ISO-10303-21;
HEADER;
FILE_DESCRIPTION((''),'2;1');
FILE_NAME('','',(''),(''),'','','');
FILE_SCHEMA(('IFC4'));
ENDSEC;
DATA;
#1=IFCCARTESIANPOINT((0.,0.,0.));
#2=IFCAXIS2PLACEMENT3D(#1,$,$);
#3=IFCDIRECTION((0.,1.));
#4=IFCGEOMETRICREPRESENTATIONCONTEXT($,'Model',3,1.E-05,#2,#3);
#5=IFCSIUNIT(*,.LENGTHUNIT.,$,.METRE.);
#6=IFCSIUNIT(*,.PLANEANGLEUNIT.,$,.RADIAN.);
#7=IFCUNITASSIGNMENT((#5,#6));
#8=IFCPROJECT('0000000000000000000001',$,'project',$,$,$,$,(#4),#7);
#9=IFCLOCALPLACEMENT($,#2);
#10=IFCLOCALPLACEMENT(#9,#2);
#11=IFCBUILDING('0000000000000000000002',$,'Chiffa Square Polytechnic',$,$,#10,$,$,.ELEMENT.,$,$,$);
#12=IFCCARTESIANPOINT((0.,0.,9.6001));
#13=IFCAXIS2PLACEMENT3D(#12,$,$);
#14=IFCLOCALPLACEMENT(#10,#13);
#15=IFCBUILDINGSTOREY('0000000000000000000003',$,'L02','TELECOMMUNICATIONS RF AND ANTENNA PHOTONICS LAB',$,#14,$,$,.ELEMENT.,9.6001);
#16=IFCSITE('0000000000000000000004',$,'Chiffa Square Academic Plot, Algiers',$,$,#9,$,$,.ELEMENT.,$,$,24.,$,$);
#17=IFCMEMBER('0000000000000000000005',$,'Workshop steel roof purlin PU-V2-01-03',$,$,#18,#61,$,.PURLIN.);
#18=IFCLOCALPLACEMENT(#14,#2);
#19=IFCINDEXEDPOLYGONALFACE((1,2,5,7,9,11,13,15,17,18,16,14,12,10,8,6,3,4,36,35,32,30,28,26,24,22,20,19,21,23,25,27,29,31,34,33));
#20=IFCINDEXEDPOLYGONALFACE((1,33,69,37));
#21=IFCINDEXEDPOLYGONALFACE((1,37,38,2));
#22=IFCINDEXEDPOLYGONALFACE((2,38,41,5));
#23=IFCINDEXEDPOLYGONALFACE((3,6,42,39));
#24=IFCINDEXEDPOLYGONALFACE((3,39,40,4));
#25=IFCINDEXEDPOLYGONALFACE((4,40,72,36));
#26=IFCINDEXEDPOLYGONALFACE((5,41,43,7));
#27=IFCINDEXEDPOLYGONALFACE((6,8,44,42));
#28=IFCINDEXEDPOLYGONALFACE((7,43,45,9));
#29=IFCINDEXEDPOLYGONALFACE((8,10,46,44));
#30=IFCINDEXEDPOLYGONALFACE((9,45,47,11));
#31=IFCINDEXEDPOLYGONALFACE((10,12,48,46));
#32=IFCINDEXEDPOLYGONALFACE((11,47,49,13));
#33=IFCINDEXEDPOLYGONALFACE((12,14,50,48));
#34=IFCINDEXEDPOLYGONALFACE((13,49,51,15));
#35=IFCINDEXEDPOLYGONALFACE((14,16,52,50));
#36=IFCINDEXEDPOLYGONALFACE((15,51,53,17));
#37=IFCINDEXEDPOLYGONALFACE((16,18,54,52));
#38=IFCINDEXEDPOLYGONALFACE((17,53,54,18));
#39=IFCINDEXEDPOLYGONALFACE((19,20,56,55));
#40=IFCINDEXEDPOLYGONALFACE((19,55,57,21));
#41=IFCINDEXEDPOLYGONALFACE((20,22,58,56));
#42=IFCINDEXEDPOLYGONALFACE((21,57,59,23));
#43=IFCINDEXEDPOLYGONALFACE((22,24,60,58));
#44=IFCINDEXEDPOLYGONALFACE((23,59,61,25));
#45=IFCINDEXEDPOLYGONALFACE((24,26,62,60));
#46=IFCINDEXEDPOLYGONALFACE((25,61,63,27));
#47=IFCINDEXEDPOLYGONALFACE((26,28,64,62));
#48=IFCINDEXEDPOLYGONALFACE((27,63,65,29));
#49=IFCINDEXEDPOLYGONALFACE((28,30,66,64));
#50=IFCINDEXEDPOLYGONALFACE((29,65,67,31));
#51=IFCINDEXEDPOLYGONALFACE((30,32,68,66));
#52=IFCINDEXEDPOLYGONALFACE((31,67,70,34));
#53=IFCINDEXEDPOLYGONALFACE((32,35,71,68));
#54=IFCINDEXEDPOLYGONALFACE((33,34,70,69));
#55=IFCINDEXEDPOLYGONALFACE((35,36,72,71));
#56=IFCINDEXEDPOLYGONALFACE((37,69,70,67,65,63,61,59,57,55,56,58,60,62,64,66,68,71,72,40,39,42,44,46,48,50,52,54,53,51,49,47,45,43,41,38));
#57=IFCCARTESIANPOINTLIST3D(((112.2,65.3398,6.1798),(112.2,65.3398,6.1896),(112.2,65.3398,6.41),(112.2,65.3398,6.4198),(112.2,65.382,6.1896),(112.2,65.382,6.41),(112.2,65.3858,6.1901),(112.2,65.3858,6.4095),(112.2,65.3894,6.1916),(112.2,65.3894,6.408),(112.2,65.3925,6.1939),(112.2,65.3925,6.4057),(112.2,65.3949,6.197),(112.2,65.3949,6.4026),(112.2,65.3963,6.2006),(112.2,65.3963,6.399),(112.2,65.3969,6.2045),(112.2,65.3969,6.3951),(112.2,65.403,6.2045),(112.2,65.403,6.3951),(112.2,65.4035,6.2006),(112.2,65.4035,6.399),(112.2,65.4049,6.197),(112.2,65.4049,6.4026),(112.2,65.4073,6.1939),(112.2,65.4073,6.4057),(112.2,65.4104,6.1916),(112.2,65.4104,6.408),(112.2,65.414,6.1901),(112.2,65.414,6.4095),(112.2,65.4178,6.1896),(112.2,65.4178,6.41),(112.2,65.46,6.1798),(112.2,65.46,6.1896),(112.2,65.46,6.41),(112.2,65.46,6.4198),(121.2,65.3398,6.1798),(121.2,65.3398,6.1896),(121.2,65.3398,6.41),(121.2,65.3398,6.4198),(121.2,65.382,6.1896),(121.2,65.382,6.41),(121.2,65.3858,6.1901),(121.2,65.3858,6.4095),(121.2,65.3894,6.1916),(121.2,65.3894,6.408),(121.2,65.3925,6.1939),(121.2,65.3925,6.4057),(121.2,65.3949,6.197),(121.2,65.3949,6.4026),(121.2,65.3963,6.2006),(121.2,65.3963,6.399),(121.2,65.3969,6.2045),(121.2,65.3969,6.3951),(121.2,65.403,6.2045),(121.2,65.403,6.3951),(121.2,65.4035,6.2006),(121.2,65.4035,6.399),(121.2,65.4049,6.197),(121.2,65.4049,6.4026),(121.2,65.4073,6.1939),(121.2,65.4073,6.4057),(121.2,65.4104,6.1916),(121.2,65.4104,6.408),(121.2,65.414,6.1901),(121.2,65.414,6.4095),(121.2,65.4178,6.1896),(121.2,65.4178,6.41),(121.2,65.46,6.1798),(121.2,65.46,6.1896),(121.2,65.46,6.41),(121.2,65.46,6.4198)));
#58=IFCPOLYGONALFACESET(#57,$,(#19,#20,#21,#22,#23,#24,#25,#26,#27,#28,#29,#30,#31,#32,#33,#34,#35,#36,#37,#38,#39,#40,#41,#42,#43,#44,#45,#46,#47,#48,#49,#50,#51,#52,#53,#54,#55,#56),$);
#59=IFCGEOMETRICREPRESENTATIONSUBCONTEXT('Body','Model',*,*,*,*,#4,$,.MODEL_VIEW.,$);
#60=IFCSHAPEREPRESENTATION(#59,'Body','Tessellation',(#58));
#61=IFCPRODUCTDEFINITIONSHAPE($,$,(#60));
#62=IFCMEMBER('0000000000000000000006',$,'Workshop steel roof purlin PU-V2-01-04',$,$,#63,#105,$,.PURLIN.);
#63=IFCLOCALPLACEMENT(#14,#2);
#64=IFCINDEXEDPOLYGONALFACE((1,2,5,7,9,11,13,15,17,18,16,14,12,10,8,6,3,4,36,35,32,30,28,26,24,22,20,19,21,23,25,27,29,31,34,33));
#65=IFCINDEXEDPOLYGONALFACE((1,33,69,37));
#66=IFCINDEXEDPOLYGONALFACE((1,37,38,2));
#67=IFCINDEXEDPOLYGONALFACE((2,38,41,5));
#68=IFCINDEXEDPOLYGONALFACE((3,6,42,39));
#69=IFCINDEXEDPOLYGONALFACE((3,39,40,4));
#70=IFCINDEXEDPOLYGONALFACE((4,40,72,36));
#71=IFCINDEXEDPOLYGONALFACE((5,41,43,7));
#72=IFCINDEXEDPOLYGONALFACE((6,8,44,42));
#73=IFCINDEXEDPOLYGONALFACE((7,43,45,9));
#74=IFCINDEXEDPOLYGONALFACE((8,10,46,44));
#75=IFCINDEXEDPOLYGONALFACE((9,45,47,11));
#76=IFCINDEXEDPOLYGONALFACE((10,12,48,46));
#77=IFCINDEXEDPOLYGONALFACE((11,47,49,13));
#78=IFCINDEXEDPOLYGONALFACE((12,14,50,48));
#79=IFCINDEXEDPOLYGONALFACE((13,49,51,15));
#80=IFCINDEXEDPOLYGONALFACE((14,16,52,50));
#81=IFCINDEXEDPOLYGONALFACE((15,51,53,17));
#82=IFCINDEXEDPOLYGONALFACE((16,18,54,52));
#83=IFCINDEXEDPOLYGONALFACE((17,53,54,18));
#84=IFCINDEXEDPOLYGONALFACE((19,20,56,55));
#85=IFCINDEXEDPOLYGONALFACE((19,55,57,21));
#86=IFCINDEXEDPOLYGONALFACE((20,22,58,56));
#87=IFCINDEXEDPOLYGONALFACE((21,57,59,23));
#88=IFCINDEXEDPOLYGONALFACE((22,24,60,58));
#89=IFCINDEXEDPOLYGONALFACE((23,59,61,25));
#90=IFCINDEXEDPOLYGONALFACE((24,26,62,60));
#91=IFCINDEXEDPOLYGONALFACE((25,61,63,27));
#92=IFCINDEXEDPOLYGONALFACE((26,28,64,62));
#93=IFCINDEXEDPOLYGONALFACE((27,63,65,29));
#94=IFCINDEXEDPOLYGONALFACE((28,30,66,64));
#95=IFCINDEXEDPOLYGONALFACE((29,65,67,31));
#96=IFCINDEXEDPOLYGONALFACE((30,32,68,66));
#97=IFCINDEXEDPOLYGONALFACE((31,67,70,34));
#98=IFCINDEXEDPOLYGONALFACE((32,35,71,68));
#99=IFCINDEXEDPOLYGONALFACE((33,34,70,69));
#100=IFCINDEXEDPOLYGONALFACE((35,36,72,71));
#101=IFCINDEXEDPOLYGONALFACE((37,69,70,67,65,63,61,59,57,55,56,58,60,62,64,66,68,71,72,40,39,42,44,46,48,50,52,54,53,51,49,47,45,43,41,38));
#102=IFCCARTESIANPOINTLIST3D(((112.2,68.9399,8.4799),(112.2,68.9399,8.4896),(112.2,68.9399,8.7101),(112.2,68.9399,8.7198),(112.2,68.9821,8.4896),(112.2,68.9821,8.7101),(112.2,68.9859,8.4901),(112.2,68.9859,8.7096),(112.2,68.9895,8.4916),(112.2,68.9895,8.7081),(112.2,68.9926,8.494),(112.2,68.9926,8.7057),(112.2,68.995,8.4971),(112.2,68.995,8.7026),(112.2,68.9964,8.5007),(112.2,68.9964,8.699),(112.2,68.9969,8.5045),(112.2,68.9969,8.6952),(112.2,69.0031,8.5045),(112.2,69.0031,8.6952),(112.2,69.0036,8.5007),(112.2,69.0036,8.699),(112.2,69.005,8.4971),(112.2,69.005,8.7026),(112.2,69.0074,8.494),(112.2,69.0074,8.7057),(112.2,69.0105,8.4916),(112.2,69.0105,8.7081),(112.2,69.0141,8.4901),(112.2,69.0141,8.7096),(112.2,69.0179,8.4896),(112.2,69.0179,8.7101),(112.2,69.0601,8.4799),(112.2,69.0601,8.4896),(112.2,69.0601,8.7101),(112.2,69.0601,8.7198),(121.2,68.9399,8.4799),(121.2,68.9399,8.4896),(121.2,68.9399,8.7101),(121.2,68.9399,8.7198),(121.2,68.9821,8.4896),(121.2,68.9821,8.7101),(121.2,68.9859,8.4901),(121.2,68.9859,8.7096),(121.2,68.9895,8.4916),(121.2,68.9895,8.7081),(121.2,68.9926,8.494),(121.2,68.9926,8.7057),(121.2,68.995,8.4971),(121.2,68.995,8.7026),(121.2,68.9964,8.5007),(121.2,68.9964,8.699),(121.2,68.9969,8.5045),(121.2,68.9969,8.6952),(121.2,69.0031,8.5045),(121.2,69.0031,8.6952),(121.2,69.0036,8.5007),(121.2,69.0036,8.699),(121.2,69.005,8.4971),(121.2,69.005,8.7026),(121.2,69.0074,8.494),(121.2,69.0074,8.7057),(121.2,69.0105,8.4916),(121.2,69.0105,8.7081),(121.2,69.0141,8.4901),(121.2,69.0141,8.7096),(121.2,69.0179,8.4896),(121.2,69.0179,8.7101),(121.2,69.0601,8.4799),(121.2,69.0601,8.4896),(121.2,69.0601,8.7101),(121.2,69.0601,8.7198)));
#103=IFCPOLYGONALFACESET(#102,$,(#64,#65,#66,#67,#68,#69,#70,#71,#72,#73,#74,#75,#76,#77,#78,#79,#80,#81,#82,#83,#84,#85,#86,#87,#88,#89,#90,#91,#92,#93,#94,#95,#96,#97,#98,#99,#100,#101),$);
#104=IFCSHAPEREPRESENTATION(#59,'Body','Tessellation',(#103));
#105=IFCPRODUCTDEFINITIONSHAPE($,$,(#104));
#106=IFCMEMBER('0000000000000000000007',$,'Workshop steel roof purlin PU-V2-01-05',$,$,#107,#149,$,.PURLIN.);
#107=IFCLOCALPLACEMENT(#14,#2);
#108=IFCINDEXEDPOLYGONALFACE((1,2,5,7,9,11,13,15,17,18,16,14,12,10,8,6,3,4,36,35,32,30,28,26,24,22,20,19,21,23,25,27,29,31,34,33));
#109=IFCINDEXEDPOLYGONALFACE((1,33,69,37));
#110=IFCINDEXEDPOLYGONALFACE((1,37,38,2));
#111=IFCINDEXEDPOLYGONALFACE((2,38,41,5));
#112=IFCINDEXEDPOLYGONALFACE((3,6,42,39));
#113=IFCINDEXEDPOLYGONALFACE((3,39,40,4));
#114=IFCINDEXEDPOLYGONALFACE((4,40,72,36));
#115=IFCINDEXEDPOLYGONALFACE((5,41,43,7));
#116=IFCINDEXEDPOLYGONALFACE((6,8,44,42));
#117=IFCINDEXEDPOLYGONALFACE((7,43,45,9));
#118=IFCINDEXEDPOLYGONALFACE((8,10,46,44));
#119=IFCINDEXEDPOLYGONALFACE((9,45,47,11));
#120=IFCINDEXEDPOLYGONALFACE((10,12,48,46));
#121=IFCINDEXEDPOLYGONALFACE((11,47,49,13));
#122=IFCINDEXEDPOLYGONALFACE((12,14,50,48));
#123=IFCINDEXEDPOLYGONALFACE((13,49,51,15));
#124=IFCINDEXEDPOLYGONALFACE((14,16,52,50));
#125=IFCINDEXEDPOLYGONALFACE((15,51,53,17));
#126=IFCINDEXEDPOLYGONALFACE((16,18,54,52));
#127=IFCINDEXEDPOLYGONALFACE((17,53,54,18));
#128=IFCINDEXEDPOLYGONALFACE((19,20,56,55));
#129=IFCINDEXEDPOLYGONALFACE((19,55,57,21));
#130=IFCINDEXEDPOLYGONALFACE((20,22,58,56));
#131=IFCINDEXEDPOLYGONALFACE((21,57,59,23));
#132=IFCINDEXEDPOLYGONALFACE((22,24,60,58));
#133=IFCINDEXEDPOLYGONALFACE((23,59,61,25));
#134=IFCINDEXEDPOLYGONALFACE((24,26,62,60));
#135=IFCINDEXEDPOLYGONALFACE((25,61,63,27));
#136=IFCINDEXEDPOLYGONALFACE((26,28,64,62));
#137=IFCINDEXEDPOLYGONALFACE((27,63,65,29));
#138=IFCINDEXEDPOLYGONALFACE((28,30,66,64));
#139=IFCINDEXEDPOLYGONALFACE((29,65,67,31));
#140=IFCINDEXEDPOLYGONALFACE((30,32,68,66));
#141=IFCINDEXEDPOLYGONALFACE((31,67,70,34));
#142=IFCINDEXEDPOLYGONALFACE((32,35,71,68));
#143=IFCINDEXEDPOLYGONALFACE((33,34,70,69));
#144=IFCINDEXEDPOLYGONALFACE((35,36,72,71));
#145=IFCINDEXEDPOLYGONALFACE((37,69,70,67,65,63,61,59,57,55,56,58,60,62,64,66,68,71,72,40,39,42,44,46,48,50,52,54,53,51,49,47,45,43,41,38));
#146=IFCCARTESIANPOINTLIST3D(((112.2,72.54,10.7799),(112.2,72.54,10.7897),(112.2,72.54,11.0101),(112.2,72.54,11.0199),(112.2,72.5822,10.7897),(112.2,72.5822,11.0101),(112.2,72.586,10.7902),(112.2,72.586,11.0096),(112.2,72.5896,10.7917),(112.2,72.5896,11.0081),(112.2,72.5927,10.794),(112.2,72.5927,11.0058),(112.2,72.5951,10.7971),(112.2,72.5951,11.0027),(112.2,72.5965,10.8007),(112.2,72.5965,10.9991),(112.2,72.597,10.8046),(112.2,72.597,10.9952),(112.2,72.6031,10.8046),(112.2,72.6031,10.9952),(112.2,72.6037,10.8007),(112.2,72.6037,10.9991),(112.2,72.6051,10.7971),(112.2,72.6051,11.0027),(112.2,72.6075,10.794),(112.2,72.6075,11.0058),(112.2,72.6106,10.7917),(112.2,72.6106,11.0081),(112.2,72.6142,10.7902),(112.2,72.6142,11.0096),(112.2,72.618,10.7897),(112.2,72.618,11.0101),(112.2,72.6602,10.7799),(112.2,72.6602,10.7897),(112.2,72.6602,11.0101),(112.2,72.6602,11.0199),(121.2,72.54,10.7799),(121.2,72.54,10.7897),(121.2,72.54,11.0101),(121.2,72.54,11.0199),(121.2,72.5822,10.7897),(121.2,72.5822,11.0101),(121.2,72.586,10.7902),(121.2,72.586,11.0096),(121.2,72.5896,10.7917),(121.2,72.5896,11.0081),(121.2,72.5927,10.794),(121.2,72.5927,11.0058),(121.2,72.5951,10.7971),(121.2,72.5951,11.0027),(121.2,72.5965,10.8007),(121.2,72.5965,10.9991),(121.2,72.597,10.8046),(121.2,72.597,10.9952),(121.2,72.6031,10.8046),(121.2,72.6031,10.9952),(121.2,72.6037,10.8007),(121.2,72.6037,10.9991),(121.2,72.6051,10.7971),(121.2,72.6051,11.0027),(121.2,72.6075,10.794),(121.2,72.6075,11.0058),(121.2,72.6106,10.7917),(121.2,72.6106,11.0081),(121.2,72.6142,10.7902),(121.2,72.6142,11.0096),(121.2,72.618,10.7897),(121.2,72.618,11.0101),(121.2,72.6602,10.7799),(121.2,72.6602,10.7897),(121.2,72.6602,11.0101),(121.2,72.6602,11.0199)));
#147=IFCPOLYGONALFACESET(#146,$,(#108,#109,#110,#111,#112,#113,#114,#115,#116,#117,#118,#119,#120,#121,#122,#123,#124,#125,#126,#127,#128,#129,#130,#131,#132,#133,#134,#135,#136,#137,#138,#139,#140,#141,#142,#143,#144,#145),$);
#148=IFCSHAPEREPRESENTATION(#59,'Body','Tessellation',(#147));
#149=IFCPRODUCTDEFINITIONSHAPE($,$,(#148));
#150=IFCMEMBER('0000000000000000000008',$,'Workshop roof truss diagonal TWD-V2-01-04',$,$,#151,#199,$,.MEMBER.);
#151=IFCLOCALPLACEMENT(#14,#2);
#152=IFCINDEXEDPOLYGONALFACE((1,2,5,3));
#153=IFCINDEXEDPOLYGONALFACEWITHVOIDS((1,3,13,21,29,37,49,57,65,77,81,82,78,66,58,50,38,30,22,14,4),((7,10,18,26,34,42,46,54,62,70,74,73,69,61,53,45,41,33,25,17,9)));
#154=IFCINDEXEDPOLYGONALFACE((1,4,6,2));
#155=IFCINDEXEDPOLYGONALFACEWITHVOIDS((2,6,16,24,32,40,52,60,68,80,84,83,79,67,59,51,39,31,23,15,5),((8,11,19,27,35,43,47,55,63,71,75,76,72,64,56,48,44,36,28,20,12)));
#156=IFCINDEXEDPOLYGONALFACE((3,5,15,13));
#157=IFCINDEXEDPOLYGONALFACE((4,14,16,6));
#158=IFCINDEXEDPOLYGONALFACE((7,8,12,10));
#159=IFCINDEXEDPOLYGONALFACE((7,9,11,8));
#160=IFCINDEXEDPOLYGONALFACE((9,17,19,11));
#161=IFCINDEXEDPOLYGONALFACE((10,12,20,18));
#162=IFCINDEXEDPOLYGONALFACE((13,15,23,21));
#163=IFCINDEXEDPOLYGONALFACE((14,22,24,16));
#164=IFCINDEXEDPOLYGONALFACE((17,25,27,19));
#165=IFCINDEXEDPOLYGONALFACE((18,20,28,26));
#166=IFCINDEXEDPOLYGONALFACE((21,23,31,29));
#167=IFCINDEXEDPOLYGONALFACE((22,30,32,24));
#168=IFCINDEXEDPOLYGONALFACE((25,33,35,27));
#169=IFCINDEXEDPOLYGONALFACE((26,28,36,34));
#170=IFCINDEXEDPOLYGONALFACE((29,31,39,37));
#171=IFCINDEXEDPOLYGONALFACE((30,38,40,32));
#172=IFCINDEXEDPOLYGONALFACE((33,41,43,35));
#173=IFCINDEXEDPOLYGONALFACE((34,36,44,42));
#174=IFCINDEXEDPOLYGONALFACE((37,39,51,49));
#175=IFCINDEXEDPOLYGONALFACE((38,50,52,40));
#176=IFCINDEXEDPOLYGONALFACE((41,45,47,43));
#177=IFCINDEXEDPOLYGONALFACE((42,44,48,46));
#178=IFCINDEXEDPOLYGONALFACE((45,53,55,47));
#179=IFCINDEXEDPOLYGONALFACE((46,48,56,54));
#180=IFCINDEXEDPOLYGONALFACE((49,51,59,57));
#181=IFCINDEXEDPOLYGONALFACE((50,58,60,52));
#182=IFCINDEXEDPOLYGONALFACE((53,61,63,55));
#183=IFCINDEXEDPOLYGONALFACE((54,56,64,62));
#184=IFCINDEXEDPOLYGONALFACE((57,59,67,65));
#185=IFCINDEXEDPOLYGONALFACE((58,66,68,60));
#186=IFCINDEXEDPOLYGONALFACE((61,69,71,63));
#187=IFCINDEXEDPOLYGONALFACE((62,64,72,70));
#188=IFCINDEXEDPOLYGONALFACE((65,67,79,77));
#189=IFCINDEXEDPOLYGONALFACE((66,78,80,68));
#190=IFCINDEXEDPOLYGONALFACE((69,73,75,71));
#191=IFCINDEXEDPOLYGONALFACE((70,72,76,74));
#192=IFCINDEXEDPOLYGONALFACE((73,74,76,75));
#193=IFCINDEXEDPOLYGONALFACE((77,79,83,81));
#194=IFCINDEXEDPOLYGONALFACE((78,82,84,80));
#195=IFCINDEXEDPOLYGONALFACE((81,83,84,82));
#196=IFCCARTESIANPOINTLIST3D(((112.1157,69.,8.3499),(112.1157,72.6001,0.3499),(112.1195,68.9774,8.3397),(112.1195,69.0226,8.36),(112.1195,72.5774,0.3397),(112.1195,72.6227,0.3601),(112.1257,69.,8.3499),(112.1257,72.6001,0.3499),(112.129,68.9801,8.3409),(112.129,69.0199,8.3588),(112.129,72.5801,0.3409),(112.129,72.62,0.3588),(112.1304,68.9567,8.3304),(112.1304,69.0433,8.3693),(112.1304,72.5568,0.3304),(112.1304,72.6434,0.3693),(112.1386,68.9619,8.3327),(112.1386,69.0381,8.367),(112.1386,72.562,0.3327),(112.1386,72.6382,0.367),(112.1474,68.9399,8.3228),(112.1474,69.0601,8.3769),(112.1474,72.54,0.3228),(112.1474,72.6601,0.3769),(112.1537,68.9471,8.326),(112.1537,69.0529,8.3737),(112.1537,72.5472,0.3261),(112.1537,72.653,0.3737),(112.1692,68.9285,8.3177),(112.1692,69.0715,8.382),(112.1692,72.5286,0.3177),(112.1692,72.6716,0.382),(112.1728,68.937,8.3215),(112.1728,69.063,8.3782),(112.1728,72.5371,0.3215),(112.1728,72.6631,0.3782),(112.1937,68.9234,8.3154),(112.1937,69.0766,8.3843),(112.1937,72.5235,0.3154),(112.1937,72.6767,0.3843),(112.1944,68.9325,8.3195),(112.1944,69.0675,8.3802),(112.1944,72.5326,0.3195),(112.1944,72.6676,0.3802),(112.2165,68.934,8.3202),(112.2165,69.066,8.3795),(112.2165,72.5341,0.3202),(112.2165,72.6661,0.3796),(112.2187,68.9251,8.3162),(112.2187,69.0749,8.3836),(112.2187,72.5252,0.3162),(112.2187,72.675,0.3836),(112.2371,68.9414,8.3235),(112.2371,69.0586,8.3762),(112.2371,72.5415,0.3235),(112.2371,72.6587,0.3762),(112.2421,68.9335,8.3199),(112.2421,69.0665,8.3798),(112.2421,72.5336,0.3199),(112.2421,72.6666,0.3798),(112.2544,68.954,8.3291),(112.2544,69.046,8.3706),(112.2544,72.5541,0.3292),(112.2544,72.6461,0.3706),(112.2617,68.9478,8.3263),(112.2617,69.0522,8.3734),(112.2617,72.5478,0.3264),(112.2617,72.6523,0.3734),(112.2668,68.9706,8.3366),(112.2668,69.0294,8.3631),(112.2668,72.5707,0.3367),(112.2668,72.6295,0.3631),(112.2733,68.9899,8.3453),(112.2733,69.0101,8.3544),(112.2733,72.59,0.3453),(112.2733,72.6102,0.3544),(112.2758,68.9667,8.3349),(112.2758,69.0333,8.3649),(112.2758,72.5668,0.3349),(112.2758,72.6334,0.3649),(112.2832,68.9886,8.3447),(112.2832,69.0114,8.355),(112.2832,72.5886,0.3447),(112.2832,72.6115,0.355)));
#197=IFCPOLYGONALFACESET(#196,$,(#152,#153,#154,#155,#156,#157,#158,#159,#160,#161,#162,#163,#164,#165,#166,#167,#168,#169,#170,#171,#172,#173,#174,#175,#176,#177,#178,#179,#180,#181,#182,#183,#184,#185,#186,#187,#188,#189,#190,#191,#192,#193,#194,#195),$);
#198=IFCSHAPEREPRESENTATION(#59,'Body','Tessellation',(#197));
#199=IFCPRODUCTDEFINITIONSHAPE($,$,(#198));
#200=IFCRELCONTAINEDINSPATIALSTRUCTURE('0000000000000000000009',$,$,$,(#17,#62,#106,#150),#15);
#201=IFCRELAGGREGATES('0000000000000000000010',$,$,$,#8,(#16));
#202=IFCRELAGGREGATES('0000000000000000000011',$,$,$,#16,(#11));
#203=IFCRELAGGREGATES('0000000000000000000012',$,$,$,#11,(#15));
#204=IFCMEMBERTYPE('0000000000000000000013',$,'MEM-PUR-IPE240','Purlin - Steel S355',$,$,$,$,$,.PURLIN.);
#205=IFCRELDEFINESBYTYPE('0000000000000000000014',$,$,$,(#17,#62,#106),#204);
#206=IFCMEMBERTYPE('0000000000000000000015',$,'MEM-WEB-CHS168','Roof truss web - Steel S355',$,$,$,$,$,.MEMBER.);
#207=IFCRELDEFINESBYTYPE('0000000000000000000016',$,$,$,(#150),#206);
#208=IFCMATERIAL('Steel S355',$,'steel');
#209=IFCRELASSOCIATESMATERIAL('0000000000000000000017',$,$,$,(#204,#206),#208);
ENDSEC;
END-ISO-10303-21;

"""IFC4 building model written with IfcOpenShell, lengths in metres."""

from ifc_helpers import new_model, si_unit, direction, frame, origin, origin_2d, place, context, subcontext, project, spatial, hollow_circle, i_section, extrude, material, material_profile, profile_set, type_object, element, save


model = new_model("IFC4")

# Units and contexts
model_context = context("Model", 3, precision=1e-05, world=origin(), true_north=direction((0.0, 1.0)))
body_context = subcontext(model_context, "Body", "Model", "MODEL_VIEW")
ifc_project = project(units=[si_unit("LENGTHUNIT", "METRE"), si_unit("PLANEANGLEUNIT", "RADIAN")], contexts=[model_context])

# Site, building, storey
site_placement = place(None, origin())
site = spatial("IfcSite", under=ifc_project, at=site_placement, Name="Chiffa Square Academic Plot, Algiers", CompositionType="ELEMENT", RefElevation=24.0)
building_placement = place(site_placement, origin())
building = spatial("IfcBuilding", under=site, at=building_placement, Name="Chiffa Square Polytechnic", CompositionType="ELEMENT")
storey_placement = place(building_placement, frame((0.0, 0.0, 9.6001)))
storey = spatial("IfcBuildingStorey", under=building, at=storey_placement, Name="L02", Description="TELECOMMUNICATIONS RF AND ANTENNA PHOTONICS LAB", CompositionType="ELEMENT", Elevation=9.6001)

# Shared definitions
ifc_material_1 = material(Name="Steel S355", Category="steel")

# Members
ifc_material_profile_1 = material_profile(ifc_material_1, i_section(OverallWidth=0.1201, OverallDepth=0.24, WebThickness=0.0061, FlangeThickness=0.0098, FilletRadius=0.0149, at=origin_2d()), Name="IPE 240")
ifc_profile_set_1 = profile_set([ifc_material_profile_1], Name="Steel S355")
member_type_1 = type_object("IfcMemberType", Name="MEM-PUR-IPE240", Description="Purlin - Steel S355", PredefinedType="PURLIN", material=ifc_profile_set_1)
for number, where, z_axis, x_axis, name in (
    (1, (112.2, 65.3999, 6.2998), (1.0, 0.0, 0.0), (0.0, 1.0, 0.0), "Workshop steel roof purlin PU-V2-01-03"),
    (2, (112.2, 69.0, 8.5999), (1.0, 0.0, 0.0), (0.0, 1.0, 0.0), "Workshop steel roof purlin PU-V2-01-04"),
    (3, (112.2, 72.6001, 10.8999), (1.0, 0.0, 0.0), (0.0, 1.0, 0.0), "Workshop steel roof purlin PU-V2-01-05"),
):
    element("IfcMember", number, at=place(storey_placement, frame(where, z_axis=z_axis, x_axis=x_axis)), inside=storey, type_object=member_type_1, Name=name, PredefinedType="PURLIN", context=body_context, shape_type="SweptSolid", body=[
        extrude(i_section(OverallWidth=0.1201, OverallDepth=0.24, WebThickness=0.0061, FlangeThickness=0.0098, FilletRadius=0.0149, at=origin_2d()), origin(), (0.0, 0.0, 1.0), 9.0),
    ])
ifc_material_profile_2 = material_profile(ifc_material_1, hollow_circle(Radius=0.0842, WallThickness=0.01, at=origin_2d()), Name="CHS 168.3x10")
ifc_profile_set_2 = profile_set([ifc_material_profile_2], Name="Steel S355")
member_type_2 = type_object("IfcMemberType", Name="MEM-WEB-CHS168", Description="Roof truss web - Steel S355", PredefinedType="MEMBER", material=ifc_profile_set_2)
for number, where, z_axis, x_axis, name in (
    (4, (112.2, 69.0, 8.3499), (0.0, 0.410374, -0.911917), (-1.0, 0.0, 0.0), "Workshop roof truss diagonal TWD-V2-01-04"),
):
    element("IfcMember", number, at=place(storey_placement, frame(where, z_axis=z_axis, x_axis=x_axis)), inside=storey, type_object=member_type_2, Name=name, PredefinedType="MEMBER", context=body_context, shape_type="SweptSolid", body=[
        extrude(hollow_circle(Radius=0.0842, WallThickness=0.01, at=origin_2d()), origin(), (0.0, 0.0, 1.0), 8.7727),
    ])

save(model, "model.ifc")
